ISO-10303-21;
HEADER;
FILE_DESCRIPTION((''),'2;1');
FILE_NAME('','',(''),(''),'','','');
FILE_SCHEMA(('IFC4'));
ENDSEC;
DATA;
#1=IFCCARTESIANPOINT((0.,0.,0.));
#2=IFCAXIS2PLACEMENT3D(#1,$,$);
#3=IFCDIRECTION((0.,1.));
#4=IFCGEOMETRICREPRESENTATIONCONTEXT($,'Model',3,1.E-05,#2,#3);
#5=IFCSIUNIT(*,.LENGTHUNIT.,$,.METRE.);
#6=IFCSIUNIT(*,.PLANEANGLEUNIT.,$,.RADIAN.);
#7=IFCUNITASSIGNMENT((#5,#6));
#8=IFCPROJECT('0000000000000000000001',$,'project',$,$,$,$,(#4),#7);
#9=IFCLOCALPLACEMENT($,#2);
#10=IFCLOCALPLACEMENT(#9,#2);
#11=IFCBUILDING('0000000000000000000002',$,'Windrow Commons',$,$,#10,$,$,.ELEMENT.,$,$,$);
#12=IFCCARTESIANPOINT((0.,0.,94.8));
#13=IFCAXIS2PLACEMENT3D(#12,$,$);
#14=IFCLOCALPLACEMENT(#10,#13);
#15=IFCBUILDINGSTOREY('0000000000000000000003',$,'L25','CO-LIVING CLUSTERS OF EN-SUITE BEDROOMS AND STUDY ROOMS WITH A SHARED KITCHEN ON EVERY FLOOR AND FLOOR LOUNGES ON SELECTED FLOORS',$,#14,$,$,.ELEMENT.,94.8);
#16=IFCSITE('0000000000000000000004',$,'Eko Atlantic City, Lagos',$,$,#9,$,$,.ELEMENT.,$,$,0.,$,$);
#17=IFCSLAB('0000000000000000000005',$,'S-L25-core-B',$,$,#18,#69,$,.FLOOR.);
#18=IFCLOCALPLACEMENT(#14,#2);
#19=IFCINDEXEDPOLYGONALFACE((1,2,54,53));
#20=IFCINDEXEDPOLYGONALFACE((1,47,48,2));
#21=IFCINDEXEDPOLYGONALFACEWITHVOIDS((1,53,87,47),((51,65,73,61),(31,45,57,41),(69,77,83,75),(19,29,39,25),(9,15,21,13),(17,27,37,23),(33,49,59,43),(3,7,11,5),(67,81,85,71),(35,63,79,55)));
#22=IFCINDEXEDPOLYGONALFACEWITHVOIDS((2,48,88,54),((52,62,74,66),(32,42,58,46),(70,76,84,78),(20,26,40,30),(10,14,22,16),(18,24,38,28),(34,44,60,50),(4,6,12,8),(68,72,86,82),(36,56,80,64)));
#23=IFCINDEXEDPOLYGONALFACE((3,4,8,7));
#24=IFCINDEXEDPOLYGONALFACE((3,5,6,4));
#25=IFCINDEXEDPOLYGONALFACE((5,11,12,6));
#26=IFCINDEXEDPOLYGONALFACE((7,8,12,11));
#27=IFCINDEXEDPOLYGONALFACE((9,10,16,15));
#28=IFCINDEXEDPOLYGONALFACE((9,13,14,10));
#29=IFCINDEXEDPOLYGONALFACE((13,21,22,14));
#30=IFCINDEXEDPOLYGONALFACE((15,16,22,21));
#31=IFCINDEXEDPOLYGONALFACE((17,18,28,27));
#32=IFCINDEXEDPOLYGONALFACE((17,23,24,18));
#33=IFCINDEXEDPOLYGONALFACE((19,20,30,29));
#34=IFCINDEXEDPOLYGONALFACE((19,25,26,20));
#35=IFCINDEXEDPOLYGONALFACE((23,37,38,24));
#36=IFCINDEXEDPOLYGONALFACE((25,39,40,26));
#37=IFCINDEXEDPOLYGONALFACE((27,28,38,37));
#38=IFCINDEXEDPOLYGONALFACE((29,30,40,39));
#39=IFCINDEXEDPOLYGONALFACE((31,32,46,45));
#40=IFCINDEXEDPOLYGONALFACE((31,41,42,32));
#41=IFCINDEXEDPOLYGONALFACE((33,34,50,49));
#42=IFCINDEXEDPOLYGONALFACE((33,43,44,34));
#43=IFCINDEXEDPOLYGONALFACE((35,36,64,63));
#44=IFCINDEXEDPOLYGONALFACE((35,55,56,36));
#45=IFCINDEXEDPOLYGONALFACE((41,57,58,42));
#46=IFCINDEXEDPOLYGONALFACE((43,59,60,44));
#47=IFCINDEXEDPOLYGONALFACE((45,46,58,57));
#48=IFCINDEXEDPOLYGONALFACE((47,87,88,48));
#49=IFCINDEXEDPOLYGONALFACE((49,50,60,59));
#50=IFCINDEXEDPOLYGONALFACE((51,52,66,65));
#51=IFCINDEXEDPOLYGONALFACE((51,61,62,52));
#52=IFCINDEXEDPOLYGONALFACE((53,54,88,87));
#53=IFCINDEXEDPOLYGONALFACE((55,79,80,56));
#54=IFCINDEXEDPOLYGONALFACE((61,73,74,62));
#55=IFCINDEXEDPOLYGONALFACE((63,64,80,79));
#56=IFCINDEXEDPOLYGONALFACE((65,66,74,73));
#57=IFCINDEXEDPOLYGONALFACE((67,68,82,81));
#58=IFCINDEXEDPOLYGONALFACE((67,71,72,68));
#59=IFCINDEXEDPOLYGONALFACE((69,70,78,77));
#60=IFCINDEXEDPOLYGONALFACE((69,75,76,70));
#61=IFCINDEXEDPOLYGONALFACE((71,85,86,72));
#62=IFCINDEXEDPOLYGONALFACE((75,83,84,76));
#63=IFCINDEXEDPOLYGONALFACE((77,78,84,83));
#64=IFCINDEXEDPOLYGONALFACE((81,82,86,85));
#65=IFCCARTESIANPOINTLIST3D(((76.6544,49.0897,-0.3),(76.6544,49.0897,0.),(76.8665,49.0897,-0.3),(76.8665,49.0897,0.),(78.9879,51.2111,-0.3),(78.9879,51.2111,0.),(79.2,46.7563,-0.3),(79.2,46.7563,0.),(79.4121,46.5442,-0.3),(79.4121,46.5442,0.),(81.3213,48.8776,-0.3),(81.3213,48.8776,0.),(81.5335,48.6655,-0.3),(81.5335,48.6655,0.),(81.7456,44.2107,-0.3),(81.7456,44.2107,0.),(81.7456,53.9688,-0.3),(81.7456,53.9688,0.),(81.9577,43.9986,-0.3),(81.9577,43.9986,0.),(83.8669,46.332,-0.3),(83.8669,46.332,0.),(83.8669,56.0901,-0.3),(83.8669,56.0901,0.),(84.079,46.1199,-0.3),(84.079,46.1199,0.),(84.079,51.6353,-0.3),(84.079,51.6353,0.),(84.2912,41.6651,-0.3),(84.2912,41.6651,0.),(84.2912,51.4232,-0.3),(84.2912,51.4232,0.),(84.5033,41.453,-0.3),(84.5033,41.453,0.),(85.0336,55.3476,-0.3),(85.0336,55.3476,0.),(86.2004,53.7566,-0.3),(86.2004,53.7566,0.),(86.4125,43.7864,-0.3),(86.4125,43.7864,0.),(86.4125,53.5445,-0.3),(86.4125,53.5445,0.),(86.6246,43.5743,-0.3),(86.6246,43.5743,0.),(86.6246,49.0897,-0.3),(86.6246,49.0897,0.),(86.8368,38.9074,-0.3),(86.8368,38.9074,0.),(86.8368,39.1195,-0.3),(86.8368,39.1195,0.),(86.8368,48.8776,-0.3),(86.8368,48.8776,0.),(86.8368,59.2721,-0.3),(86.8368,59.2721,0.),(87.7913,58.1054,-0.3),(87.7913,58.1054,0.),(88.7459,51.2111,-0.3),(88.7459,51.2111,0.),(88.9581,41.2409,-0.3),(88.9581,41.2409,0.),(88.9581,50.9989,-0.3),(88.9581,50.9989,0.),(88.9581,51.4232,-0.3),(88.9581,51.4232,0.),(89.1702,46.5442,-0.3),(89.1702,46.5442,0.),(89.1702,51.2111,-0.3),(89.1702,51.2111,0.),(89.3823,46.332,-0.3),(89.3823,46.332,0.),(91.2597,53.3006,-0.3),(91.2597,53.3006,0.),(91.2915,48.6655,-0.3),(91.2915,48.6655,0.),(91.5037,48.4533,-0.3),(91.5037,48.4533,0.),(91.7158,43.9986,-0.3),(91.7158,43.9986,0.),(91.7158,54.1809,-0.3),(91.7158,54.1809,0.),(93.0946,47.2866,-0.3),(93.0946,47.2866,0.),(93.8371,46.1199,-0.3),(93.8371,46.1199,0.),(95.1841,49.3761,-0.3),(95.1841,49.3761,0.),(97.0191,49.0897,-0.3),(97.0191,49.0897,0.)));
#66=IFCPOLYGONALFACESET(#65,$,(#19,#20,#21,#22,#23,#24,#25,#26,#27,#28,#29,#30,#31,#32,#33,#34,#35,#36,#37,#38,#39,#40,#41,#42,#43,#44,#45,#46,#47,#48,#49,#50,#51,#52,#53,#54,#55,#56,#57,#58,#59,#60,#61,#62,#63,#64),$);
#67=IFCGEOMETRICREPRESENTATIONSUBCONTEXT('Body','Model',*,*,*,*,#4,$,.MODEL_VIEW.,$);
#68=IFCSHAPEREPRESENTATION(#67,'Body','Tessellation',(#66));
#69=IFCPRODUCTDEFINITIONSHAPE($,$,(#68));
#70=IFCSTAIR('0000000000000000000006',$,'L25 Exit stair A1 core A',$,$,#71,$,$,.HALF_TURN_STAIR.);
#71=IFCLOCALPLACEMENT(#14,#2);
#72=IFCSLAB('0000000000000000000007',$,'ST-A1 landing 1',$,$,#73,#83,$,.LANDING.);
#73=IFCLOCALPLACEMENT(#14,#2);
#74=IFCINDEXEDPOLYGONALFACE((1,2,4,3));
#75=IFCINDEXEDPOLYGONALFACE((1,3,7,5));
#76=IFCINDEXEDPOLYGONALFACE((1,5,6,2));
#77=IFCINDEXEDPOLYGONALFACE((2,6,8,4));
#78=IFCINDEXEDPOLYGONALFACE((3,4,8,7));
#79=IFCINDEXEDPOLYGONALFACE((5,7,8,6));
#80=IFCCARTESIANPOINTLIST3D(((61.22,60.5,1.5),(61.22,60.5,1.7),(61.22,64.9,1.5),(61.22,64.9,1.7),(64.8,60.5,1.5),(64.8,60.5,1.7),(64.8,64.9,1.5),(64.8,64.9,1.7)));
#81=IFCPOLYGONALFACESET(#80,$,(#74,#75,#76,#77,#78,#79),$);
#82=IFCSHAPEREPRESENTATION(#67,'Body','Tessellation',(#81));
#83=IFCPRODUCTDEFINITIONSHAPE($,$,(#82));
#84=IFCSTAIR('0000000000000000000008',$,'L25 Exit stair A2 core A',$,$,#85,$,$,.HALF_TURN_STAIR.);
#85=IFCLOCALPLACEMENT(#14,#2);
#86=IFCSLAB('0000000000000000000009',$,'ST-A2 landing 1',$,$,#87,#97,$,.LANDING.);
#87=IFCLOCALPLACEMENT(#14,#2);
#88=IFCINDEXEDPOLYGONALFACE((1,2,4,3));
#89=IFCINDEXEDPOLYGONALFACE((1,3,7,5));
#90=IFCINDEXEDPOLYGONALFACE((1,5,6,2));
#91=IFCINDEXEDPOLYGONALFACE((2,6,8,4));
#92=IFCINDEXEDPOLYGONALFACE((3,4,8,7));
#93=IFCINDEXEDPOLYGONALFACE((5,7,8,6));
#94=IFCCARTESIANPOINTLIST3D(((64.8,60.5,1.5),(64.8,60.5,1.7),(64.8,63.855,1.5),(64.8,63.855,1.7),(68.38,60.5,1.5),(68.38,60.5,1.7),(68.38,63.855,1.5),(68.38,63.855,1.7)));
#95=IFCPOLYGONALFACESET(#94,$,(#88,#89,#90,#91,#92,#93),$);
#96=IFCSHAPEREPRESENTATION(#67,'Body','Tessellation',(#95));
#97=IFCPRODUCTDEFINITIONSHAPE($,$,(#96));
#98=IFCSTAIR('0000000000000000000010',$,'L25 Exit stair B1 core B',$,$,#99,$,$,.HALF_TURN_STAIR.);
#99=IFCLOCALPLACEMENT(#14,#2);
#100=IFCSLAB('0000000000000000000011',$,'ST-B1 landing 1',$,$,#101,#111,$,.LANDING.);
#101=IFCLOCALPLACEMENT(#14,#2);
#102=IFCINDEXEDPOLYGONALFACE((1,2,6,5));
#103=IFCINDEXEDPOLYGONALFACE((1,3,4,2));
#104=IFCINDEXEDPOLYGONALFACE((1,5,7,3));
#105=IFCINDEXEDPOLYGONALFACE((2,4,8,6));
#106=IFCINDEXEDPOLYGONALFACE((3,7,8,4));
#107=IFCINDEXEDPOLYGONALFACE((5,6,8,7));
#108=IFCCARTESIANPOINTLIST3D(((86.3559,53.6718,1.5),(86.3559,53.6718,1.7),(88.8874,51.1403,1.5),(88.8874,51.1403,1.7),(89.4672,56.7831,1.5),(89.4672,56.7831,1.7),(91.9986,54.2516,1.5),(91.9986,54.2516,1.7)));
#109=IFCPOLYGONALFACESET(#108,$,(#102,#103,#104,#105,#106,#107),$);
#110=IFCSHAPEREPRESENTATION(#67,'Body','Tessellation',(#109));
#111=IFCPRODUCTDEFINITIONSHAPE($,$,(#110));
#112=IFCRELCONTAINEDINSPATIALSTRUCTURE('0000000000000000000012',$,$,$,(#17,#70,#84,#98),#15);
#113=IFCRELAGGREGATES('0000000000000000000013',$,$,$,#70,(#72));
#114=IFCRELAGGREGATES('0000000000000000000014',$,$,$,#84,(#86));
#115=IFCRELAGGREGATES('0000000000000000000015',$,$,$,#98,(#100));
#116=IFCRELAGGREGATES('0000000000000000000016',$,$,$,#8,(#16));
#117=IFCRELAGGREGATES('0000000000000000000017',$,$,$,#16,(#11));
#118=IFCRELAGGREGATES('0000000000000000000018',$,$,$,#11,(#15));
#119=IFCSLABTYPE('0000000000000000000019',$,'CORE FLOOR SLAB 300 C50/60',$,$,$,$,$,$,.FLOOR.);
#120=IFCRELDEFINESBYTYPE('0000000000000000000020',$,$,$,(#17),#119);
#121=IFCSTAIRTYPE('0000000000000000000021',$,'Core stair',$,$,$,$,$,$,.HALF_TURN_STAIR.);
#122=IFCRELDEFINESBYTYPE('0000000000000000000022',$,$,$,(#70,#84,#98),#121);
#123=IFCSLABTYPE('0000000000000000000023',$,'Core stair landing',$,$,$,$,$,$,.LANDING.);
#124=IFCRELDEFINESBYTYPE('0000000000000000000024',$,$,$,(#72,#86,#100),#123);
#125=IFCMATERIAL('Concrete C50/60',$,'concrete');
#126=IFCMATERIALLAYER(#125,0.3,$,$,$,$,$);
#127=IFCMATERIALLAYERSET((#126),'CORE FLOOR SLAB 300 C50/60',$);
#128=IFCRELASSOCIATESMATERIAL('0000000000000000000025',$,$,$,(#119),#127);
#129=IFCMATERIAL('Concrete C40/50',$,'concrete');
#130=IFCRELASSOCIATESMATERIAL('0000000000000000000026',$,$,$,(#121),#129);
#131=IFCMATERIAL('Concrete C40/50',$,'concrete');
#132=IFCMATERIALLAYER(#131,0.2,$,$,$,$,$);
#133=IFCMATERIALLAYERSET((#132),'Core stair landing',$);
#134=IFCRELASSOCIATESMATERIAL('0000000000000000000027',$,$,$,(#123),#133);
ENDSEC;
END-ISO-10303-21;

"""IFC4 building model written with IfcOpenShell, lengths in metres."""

from ifc_helpers import new_model, si_unit, direction, frame, origin, place, context, subcontext, project, spatial, polyline, outline, extrude, material, layer, layer_set, type_object, element, aggregate, save


model = new_model("IFC4")

# Units and contexts
model_context = context("Model", 3, precision=1e-05, world=origin(), true_north=direction((0.0, 1.0)))
body_context = subcontext(model_context, "Body", "Model", "MODEL_VIEW")
ifc_project = project(units=[si_unit("LENGTHUNIT", "METRE"), si_unit("PLANEANGLEUNIT", "RADIAN")], contexts=[model_context])

# Site, building, storey
site_placement = place(None, origin())
site = spatial("IfcSite", under=ifc_project, at=site_placement, Name="Eko Atlantic City, Lagos", CompositionType="ELEMENT", RefElevation=0.0)
building_placement = place(site_placement, origin())
building = spatial("IfcBuilding", under=site, at=building_placement, Name="Windrow Commons", CompositionType="ELEMENT")
storey_placement = place(building_placement, frame((0.0, 0.0, 94.8)))
storey = spatial("IfcBuildingStorey", under=building, at=storey_placement, Name="L25", Description="CO-LIVING CLUSTERS OF EN-SUITE BEDROOMS AND STUDY ROOMS WITH A SHARED KITCHEN ON EVERY FLOOR AND FLOOR LOUNGES ON SELECTED FLOORS", CompositionType="ELEMENT", Elevation=94.8)

# Slab, openings
ifc_material_1 = material(Name="Concrete C50/60", Category="concrete")
ifc_layer_1 = layer(ifc_material_1, 0.3)
ifc_layer_set_1 = layer_set([ifc_layer_1], Name="CORE FLOOR SLAB 300 C50/60")
slab_type_1 = type_object("IfcSlabType", Name="CORE FLOOR SLAB 300 C50/60", PredefinedType="FLOOR", material=ifc_layer_set_1)
placement_1 = place(storey_placement, frame((0.0, 0.0, -0.3)))
slab_1 = element("IfcSlab", 1, at=placement_1, inside=storey, type_object=slab_type_1, Name="S-L25-core-B", PredefinedType="FLOOR", context=body_context, shape_type="SweptSolid", body=[
    extrude(outline(polyline([(76.6544, 49.0897), (86.8368, 38.9074), (97.0191, 49.0897), (86.8368, 59.2721), (76.6544, 49.0897)]), holes=[polyline([(76.8665, 49.0897), (79.2, 46.7563), (81.3213, 48.8776), (78.9879, 51.2111), (76.8665, 49.0897)]), polyline([(79.4121, 46.5442), (81.7456, 44.2107), (83.8669, 46.332), (81.5335, 48.6655), (79.4121, 46.5442)]), polyline([(81.9577, 43.9986), (84.2912, 41.6651), (86.4125, 43.7864), (84.079, 46.1199), (81.9577, 43.9986)]), polyline([(84.5033, 41.453), (86.8368, 39.1195), (88.9581, 41.2409), (86.6246, 43.5743), (84.5033, 41.453)]), polyline([(81.7456, 53.9688), (84.079, 51.6353), (86.2004, 53.7566), (83.8669, 56.0901), (81.7456, 53.9688)]), polyline([(84.2912, 51.4232), (86.6246, 49.0897), (88.7459, 51.2111), (86.4125, 53.5445), (84.2912, 51.4232)]), polyline([(86.8368, 48.8776), (89.1702, 46.5442), (91.2915, 48.6655), (88.9581, 50.9989), (86.8368, 48.8776)]), polyline([(89.3823, 46.332), (91.7158, 43.9986), (93.8371, 46.1199), (91.5037, 48.4533), (89.3823, 46.332)]), polyline([(85.0336, 55.3476), (88.9581, 51.4232), (91.7158, 54.1809), (87.7913, 58.1054), (85.0336, 55.3476)]), polyline([(89.1702, 51.2111), (93.0946, 47.2866), (95.1841, 49.3761), (91.2597, 53.3006), (89.1702, 51.2111)])]), origin(), (0.0, 0.0, 1.0), 0.3),
])
opening_1_placement = place(placement_1, origin())
element("IfcOpeningElement", 2, at=opening_1_placement, cuts=slab_1, PredefinedType="OPENING", context=body_context, shape_type="SweptSolid", body=[
    extrude(outline(polyline([(76.8736, 49.0897), (78.9879, 51.204), (81.3142, 48.8776), (79.2, 46.7634), (76.8736, 49.0897)])), origin(), (0.0, 0.0, 1.0), 0.3),
])
opening_2_placement = place(placement_1, origin())
element("IfcOpeningElement", 3, at=opening_2_placement, cuts=slab_1, PredefinedType="OPENING", context=body_context, shape_type="SweptSolid", body=[
    extrude(outline(polyline([(79.4192, 46.5442), (81.5335, 48.6584), (83.8598, 46.332), (81.7456, 44.2178), (79.4192, 46.5442)])), origin(), (0.0, 0.0, 1.0), 0.3),
])
opening_3_placement = place(placement_1, origin())
element("IfcOpeningElement", 4, at=opening_3_placement, cuts=slab_1, PredefinedType="OPENING", context=body_context, shape_type="SweptSolid", body=[
    extrude(outline(polyline([(81.9648, 43.9986), (84.079, 46.1128), (86.4054, 43.7864), (84.2912, 41.6722), (81.9648, 43.9986)])), origin(), (0.0, 0.0, 1.0), 0.3),
])
opening_4_placement = place(placement_1, origin())
element("IfcOpeningElement", 5, at=opening_4_placement, cuts=slab_1, PredefinedType="OPENING", context=body_context, shape_type="SweptSolid", body=[
    extrude(outline(polyline([(84.5104, 41.453), (86.6246, 43.5672), (88.951, 41.2409), (86.8368, 39.1266), (84.5104, 41.453)])), origin(), (0.0, 0.0, 1.0), 0.3),
])
opening_5_placement = place(placement_1, origin())
element("IfcOpeningElement", 6, at=opening_5_placement, cuts=slab_1, PredefinedType="OPENING", context=body_context, shape_type="SweptSolid", body=[
    extrude(outline(polyline([(81.7527, 53.9688), (83.8669, 56.083), (86.1933, 53.7566), (84.079, 51.6424), (81.7527, 53.9688)])), origin(), (0.0, 0.0, 1.0), 0.3),
])
opening_6_placement = place(placement_1, origin())
element("IfcOpeningElement", 7, at=opening_6_placement, cuts=slab_1, PredefinedType="OPENING", context=body_context, shape_type="SweptSolid", body=[
    extrude(outline(polyline([(84.2983, 51.4232), (86.4125, 53.5374), (88.7388, 51.2111), (86.6246, 49.0968), (84.2983, 51.4232)])), origin(), (0.0, 0.0, 1.0), 0.3),
])
opening_7_placement = place(placement_1, origin())
element("IfcOpeningElement", 8, at=opening_7_placement, cuts=slab_1, PredefinedType="OPENING", context=body_context, shape_type="SweptSolid", body=[
    extrude(outline(polyline([(86.8439, 48.8776), (88.9581, 50.9918), (91.2844, 48.6655), (89.1702, 46.5513), (86.8439, 48.8776)])), origin(), (0.0, 0.0, 1.0), 0.3),
])
opening_8_placement = place(placement_1, origin())
element("IfcOpeningElement", 9, at=opening_8_placement, cuts=slab_1, PredefinedType="OPENING", context=body_context, shape_type="SweptSolid", body=[
    extrude(outline(polyline([(89.3894, 46.332), (91.5037, 48.4462), (93.83, 46.1199), (91.7158, 44.0057), (89.3894, 46.332)])), origin(), (0.0, 0.0, 1.0), 0.3),
])
opening_9_placement = place(placement_1, origin())
element("IfcOpeningElement", 10, at=opening_9_placement, cuts=slab_1, PredefinedType="OPENING", context=body_context, shape_type="SweptSolid", body=[
    extrude(outline(polyline([(85.0407, 55.3476), (87.7913, 58.0983), (91.7087, 54.1809), (88.9581, 51.4303), (85.0407, 55.3476)])), origin(), (0.0, 0.0, 1.0), 0.3),
])
opening_10_placement = place(placement_1, origin())
element("IfcOpeningElement", 11, at=opening_10_placement, cuts=slab_1, PredefinedType="OPENING", context=body_context, shape_type="SweptSolid", body=[
    extrude(outline(polyline([(89.1773, 51.2111), (91.2597, 53.2935), (95.177, 49.3761), (93.0946, 47.2937), (89.1773, 51.2111)])), origin(), (0.0, 0.0, 1.0), 0.3),
])

# Stairs, slabs
ifc_material_2 = material(Name="Concrete C40/50", Category="concrete")
stair_type = type_object("IfcStairType", Name="Core stair", PredefinedType="HALF_TURN_STAIR", material=ifc_material_2)
placement_2 = place(storey_placement, origin())
stair_1 = element("IfcStair", 12, at=placement_2, inside=storey, type_object=stair_type, Name="L25 Exit stair A1 core A", PredefinedType="HALF_TURN_STAIR")
ifc_material_3 = material(Name="Concrete C40/50", Category="concrete")
ifc_layer_2 = layer(ifc_material_3, 0.2)
ifc_layer_set_2 = layer_set([ifc_layer_2], Name="Core stair landing")
slab_type_2 = type_object("IfcSlabType", Name="Core stair landing", PredefinedType="LANDING", material=ifc_layer_set_2)
placement_3 = place(storey_placement, frame((0.0, 0.0, 1.5)))
slab_2 = element("IfcSlab", 13, at=placement_3, type_object=slab_type_2, Name="ST-A1 landing 1", PredefinedType="LANDING", context=body_context, shape_type="SweptSolid", body=[
    extrude(outline(polyline([(61.22, 60.5), (64.8, 60.5), (64.8, 64.9), (61.22, 64.9), (61.22, 60.5)])), origin(), (0.0, 0.0, 1.0), 0.2),
])
aggregate(stair_1, [slab_2])
stair_2 = element("IfcStair", 14, at=placement_2, inside=storey, type_object=stair_type, Name="L25 Exit stair A2 core A", PredefinedType="HALF_TURN_STAIR")
slab_3 = element("IfcSlab", 15, at=placement_3, type_object=slab_type_2, Name="ST-A2 landing 1", PredefinedType="LANDING", context=body_context, shape_type="SweptSolid", body=[
    extrude(outline(polyline([(64.8, 60.5), (68.38, 60.5), (68.38, 63.855), (64.8, 63.855), (64.8, 60.5)])), origin(), (0.0, 0.0, 1.0), 0.2),
])
aggregate(stair_2, [slab_3])
stair_3 = element("IfcStair", 16, at=placement_2, inside=storey, type_object=stair_type, Name="L25 Exit stair B1 core B", PredefinedType="HALF_TURN_STAIR")
slab_4 = element("IfcSlab", 17, at=placement_3, type_object=slab_type_2, Name="ST-B1 landing 1", PredefinedType="LANDING", context=body_context, shape_type="SweptSolid", body=[
    extrude(outline(polyline([(86.3559, 53.6718), (88.8874, 51.1403), (91.9986, 54.2516), (89.4672, 56.7831), (86.3559, 53.6718)])), origin(), (0.0, 0.0, 1.0), 0.2),
])
aggregate(stair_3, [slab_4])

save(model, "model.ifc")
